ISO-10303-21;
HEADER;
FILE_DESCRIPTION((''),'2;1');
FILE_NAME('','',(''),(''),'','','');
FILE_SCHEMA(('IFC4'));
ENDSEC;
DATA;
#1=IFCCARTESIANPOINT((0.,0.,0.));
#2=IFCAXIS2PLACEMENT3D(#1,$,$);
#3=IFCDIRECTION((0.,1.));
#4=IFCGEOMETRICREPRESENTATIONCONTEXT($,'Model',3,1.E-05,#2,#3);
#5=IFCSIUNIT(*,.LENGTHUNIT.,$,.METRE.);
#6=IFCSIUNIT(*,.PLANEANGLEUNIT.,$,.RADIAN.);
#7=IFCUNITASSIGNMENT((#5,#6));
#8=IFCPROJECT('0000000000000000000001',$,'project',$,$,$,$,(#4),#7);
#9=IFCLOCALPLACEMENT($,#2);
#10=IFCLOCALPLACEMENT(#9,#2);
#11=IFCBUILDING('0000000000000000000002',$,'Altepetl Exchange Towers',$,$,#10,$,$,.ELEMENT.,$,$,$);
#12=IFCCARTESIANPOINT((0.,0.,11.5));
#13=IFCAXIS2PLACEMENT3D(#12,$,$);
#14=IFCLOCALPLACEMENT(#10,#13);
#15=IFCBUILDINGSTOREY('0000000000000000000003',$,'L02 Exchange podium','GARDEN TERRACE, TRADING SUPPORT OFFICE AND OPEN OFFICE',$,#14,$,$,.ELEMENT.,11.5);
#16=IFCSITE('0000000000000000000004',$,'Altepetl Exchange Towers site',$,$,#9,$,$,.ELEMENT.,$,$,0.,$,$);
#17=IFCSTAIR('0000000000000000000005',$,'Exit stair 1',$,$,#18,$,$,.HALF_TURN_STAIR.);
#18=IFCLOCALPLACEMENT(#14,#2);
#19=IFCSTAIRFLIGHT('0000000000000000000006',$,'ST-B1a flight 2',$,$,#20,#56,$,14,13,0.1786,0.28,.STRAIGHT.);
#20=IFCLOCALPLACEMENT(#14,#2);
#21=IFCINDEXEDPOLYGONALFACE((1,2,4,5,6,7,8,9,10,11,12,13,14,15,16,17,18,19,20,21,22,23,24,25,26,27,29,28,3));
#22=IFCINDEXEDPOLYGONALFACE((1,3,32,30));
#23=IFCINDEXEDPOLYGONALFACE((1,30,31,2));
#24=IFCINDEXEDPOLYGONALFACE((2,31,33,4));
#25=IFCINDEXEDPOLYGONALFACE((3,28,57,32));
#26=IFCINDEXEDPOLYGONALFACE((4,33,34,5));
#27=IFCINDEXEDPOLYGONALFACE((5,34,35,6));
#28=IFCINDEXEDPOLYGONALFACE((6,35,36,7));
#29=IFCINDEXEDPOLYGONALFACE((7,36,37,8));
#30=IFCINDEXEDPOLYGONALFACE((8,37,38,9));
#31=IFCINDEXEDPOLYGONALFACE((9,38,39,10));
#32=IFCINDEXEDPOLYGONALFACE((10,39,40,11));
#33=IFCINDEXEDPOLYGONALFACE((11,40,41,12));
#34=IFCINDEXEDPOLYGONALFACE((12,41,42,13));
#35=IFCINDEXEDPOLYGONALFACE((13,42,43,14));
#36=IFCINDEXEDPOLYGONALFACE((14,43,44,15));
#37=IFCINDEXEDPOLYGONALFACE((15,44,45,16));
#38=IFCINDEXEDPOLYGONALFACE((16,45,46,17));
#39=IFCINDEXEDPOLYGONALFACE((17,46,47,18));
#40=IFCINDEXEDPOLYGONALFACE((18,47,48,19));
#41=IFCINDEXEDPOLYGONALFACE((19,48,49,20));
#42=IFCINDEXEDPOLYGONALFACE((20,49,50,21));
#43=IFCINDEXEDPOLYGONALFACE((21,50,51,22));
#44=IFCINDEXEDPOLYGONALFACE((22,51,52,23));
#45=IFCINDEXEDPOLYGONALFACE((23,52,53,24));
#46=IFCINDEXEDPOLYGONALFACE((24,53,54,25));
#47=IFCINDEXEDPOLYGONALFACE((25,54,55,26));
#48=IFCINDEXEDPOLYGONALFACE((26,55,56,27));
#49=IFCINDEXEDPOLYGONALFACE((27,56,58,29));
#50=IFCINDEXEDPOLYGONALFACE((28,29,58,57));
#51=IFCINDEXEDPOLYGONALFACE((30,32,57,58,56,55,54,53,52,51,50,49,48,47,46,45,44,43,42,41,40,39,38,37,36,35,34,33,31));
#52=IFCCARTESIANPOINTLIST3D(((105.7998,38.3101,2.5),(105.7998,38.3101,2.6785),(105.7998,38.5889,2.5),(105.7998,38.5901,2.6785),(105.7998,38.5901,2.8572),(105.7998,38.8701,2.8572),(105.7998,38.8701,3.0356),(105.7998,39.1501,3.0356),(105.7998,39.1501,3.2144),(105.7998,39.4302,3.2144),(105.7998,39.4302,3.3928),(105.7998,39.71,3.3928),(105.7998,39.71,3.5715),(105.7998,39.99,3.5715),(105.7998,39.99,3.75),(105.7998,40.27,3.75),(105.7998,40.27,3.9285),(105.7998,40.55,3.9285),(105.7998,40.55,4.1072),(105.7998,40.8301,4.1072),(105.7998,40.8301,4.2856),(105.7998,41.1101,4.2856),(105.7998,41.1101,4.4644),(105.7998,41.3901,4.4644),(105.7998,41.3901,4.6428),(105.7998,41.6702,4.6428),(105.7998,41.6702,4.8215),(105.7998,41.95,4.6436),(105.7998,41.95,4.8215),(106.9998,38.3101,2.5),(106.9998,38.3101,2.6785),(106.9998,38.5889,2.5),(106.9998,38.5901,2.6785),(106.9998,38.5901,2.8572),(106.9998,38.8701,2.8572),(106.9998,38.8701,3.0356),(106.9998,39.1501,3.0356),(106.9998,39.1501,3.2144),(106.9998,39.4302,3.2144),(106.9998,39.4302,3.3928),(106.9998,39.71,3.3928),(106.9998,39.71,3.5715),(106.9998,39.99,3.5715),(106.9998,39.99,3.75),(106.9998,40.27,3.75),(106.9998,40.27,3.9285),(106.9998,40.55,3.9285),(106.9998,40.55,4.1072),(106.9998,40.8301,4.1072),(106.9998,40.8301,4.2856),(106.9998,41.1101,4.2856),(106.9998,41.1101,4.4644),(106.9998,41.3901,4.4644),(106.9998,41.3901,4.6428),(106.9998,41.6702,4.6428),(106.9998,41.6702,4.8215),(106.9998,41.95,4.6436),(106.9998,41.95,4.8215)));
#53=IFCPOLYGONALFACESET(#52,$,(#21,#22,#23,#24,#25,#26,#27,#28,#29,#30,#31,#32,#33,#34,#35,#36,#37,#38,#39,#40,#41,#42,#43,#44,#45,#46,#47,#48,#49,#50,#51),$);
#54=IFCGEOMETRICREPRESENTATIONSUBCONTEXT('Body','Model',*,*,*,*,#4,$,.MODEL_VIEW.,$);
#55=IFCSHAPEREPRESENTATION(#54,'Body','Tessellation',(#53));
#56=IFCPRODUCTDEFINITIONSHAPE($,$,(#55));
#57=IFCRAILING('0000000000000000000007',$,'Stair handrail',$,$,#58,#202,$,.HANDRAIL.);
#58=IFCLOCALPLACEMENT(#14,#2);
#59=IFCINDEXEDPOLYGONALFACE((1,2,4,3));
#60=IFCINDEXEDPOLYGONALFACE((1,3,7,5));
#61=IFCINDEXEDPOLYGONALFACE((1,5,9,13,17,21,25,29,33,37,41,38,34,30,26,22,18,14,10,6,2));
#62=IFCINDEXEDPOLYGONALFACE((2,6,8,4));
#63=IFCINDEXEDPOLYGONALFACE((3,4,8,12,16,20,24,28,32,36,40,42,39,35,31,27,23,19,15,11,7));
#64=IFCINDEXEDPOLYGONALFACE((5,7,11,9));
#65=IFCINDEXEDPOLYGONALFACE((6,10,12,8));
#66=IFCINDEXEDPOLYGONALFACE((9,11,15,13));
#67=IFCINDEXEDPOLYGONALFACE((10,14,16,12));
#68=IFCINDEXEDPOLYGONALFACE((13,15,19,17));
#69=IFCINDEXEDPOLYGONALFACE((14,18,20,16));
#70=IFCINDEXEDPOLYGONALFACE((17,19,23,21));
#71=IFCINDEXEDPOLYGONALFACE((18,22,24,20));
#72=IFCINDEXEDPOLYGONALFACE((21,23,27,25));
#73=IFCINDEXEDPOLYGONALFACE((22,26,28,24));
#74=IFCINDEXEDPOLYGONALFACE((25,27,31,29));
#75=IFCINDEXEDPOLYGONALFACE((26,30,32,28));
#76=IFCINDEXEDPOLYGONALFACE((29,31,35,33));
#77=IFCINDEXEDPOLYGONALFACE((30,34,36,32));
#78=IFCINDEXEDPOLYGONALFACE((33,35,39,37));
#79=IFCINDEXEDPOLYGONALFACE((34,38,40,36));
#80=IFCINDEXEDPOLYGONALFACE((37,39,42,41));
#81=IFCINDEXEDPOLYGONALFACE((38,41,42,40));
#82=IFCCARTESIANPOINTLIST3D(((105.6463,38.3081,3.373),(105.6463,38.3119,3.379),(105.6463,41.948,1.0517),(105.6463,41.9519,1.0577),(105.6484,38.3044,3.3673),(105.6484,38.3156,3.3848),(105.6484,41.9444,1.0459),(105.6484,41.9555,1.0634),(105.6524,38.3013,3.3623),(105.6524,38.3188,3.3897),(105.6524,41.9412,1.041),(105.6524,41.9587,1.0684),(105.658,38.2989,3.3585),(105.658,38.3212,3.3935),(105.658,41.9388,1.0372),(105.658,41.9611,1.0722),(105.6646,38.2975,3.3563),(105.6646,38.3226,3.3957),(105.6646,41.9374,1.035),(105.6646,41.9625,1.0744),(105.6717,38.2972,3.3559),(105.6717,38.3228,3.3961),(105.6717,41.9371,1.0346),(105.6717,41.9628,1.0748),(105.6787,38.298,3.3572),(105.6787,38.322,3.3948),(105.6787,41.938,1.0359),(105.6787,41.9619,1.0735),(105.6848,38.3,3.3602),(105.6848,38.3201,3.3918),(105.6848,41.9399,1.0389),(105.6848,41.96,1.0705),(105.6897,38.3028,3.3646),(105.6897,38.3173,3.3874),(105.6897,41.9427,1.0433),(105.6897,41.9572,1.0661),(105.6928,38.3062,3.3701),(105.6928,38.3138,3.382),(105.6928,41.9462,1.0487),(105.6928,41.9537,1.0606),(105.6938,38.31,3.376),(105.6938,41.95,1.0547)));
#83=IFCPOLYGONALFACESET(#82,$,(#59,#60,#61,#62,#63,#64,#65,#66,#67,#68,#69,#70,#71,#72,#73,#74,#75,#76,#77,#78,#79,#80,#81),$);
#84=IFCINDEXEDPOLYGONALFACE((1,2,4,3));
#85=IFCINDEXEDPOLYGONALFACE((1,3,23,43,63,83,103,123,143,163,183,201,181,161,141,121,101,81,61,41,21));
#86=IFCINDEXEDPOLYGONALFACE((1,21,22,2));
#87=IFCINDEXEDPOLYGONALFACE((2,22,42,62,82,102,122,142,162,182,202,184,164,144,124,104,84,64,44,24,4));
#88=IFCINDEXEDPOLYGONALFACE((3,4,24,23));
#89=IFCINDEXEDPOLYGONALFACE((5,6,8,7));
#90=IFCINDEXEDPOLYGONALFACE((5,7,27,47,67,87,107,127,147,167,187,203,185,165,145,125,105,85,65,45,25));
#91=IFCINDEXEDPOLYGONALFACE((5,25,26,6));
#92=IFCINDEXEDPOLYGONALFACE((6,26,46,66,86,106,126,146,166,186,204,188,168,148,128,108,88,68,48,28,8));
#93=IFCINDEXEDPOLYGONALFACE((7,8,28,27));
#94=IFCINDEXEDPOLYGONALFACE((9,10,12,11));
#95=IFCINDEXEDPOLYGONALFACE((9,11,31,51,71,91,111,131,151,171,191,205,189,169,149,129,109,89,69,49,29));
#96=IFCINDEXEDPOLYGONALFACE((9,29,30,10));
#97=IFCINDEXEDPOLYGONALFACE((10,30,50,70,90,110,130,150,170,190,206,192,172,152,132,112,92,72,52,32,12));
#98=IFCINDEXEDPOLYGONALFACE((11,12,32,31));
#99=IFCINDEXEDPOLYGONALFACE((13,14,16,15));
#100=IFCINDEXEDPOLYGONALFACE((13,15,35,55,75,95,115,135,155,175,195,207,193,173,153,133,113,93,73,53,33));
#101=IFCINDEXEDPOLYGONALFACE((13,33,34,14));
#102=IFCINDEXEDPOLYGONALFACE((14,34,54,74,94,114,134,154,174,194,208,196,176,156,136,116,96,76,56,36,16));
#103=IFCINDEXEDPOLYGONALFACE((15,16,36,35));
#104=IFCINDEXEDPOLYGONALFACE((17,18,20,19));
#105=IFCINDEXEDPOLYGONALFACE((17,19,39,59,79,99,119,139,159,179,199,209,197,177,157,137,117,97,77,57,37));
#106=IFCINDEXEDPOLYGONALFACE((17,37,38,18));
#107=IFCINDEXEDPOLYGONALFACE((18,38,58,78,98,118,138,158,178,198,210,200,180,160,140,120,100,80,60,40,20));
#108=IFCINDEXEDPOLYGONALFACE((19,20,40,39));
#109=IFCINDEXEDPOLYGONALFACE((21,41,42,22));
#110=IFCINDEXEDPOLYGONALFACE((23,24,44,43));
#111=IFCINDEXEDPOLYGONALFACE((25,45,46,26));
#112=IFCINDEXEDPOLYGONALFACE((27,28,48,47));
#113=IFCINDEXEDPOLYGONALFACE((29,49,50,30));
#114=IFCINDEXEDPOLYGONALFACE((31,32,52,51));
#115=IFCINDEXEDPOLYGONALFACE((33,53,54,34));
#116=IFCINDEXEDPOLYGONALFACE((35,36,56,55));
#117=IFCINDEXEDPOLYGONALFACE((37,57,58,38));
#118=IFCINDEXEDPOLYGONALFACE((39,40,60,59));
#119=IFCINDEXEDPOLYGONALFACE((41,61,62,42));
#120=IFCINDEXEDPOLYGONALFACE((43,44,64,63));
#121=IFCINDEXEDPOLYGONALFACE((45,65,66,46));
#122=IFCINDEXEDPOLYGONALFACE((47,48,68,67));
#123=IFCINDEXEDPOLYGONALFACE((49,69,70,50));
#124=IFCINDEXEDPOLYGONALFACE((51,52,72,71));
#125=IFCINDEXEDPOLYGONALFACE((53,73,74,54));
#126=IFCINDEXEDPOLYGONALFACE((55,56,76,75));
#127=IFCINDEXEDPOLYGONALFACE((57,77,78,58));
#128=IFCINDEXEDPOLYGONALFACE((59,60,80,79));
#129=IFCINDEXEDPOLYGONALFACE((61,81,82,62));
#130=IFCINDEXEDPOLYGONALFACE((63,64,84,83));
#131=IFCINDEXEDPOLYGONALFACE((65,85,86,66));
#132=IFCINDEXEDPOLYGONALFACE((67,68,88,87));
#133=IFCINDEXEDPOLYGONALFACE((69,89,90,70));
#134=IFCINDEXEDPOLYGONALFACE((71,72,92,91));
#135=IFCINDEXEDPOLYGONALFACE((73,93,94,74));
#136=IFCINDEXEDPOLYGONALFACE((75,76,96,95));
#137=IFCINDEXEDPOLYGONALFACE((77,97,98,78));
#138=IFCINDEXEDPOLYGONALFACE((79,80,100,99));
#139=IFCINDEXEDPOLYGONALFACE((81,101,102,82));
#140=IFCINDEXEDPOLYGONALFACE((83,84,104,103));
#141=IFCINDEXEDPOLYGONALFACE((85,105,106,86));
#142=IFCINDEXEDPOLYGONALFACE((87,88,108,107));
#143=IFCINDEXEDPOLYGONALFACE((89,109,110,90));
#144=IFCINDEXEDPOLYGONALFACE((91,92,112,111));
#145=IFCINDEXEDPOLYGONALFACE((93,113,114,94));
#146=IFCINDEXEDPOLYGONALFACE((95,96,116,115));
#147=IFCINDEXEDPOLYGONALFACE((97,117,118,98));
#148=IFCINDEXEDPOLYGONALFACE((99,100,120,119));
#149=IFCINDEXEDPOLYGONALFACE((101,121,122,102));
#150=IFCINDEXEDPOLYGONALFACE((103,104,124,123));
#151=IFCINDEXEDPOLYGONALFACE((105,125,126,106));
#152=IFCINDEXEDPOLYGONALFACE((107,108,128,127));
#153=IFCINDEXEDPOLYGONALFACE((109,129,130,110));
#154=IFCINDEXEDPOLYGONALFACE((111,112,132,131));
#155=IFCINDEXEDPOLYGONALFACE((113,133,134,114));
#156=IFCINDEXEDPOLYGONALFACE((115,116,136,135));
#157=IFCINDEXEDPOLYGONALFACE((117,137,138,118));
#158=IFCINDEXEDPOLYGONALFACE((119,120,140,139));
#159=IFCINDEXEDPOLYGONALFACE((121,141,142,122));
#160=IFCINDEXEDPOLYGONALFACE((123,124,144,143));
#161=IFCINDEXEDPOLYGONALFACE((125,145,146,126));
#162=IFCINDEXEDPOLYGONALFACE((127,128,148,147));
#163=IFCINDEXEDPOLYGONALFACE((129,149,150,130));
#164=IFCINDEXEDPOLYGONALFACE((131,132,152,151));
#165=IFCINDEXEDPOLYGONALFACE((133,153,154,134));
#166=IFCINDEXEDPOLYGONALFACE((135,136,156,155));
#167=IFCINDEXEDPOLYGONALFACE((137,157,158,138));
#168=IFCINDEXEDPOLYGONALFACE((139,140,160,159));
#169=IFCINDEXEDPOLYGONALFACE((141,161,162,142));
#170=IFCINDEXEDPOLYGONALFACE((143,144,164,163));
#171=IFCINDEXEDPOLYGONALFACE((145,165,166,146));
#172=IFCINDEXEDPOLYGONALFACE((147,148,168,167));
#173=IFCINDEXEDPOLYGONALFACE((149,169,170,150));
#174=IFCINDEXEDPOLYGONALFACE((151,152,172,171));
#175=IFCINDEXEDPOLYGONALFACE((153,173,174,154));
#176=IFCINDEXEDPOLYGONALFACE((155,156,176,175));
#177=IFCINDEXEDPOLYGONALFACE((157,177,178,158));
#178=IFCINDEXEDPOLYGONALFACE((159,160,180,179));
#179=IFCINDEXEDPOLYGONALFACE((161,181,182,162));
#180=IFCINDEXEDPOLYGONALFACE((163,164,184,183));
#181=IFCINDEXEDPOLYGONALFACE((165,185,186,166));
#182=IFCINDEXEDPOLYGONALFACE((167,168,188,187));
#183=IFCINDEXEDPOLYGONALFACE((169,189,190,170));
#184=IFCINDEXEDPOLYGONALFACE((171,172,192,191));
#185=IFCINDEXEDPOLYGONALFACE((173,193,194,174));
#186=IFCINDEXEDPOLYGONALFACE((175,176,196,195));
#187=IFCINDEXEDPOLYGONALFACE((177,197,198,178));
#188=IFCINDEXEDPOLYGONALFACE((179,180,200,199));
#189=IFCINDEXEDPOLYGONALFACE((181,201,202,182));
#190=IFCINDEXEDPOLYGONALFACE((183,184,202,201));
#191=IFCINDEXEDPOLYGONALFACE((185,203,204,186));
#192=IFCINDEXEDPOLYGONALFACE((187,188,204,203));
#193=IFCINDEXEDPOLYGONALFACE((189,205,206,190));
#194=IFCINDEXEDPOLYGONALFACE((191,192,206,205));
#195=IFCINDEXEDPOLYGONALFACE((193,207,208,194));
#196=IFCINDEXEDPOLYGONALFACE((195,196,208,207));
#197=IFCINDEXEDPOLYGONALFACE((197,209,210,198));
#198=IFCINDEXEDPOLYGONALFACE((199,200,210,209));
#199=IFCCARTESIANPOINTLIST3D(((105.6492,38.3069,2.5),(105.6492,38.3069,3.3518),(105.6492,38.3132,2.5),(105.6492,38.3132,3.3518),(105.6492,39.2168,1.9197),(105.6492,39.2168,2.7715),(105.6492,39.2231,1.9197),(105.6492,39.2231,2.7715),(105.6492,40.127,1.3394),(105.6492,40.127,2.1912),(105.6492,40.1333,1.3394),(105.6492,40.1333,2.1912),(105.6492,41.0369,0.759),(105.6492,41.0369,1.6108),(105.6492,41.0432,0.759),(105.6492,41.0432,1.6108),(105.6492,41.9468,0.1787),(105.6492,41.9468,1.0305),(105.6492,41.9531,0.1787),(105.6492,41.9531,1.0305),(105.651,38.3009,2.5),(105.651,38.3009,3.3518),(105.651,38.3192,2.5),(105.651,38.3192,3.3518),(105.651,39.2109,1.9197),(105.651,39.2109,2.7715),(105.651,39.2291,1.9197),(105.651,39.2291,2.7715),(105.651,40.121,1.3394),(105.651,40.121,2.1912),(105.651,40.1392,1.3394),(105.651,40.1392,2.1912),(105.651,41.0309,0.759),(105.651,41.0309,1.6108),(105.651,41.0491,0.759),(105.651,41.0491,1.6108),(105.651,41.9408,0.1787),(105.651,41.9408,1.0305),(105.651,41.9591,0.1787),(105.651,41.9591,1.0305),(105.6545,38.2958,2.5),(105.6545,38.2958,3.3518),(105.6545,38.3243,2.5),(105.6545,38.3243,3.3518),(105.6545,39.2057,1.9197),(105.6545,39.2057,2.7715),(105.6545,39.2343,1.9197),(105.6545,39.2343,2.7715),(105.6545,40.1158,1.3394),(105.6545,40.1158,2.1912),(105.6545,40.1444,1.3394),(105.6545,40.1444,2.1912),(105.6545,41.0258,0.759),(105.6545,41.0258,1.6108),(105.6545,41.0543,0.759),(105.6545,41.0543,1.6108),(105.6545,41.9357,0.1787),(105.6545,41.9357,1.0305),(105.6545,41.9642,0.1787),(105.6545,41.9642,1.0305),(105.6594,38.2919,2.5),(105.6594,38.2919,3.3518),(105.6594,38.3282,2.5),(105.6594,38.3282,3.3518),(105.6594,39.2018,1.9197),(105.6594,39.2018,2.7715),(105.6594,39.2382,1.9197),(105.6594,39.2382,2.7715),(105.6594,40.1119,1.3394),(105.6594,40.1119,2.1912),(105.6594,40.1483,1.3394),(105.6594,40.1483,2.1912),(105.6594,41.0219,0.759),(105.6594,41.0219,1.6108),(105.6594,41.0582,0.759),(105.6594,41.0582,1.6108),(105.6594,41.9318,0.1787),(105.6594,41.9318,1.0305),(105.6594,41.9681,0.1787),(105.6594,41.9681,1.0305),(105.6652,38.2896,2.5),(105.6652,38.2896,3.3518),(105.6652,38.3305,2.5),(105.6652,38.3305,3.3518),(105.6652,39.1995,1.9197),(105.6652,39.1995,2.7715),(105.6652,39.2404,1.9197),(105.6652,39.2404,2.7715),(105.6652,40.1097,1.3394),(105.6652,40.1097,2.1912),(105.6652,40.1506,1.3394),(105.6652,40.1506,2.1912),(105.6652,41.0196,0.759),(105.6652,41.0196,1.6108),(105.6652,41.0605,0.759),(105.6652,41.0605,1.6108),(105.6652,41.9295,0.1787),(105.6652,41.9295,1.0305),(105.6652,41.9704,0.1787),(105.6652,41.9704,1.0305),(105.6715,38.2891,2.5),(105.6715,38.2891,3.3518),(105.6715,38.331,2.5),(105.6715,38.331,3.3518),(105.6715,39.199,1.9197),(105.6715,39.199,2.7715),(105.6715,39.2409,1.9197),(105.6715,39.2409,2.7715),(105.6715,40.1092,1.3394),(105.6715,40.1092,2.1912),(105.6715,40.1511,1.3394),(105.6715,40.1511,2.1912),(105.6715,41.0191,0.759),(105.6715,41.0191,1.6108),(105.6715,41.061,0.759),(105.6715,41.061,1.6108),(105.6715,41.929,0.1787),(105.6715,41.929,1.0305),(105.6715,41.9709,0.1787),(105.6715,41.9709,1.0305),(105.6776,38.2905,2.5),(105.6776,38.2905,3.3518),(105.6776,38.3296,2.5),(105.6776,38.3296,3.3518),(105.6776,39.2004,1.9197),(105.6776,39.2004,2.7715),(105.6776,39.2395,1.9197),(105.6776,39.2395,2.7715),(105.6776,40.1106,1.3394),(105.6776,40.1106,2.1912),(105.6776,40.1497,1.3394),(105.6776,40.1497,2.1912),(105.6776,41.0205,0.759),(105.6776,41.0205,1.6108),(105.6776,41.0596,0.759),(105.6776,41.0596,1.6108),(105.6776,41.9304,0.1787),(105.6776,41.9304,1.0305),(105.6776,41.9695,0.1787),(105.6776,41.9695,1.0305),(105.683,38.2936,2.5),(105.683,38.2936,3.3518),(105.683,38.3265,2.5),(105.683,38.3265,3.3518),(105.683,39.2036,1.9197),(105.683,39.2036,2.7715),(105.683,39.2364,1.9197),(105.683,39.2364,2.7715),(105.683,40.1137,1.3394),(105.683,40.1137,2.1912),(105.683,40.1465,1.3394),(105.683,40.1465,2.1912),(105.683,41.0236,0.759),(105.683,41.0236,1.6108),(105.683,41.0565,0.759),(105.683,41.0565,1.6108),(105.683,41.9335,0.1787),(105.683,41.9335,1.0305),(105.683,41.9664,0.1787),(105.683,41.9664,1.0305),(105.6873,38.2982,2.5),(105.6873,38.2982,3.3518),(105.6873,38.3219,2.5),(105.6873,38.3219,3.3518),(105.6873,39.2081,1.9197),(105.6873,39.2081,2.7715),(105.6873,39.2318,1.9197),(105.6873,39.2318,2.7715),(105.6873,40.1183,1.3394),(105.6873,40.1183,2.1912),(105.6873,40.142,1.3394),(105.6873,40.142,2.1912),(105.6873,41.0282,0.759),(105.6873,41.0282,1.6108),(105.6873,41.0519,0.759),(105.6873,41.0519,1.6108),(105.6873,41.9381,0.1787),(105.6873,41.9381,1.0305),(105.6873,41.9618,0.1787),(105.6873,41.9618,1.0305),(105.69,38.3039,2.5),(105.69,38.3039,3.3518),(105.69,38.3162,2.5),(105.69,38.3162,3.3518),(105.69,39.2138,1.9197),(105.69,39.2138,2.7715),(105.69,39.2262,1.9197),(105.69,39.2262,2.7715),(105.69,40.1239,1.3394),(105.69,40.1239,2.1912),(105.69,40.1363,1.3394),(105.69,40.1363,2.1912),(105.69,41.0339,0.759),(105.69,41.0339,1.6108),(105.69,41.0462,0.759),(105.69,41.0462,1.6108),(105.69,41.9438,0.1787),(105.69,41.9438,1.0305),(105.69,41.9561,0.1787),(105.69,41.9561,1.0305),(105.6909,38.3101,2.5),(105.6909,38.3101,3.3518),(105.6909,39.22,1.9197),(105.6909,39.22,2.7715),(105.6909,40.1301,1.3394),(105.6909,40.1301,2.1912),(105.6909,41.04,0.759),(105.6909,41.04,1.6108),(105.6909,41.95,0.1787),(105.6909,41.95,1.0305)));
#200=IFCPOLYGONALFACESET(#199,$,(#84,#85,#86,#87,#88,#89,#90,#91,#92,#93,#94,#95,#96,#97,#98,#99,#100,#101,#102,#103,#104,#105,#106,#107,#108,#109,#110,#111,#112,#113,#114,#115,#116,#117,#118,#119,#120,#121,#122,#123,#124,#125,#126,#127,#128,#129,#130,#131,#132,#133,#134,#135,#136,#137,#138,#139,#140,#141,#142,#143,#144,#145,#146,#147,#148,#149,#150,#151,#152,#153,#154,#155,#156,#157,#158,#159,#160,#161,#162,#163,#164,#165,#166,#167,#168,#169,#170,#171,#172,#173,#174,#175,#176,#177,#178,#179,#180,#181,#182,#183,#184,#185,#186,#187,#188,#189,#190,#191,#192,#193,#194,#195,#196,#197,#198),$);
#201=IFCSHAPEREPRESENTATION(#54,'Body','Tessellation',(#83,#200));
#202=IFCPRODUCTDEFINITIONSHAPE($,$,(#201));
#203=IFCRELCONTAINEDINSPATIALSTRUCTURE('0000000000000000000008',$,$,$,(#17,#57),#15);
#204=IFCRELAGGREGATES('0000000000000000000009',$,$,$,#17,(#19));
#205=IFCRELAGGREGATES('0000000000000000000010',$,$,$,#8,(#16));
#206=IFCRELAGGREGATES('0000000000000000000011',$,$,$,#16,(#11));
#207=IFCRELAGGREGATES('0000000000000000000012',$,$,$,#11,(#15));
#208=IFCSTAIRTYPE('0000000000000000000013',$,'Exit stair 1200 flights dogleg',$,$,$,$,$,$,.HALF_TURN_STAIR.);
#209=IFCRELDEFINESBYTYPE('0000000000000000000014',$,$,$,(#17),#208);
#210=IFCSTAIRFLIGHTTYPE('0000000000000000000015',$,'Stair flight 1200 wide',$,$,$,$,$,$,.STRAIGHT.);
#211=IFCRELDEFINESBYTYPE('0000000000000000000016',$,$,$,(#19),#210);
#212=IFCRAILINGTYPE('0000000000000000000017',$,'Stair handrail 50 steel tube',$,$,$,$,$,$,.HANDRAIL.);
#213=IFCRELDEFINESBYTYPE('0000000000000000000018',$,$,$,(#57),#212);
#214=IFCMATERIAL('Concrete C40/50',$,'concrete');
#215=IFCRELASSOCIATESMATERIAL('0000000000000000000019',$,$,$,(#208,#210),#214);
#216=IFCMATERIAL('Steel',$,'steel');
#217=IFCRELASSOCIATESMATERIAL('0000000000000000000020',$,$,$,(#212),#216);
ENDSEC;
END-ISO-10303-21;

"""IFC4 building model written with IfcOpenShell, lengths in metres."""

from ifc_helpers import new_model, si_unit, direction, frame, origin, origin_2d, place, context, subcontext, project, spatial, polyline, circle, outline, extrude, source, transform, mapped, material, type_object, element, aggregate, save


model = new_model("IFC4")

# Units and contexts
model_context = context("Model", 3, precision=1e-05, world=origin(), true_north=direction((0.0, 1.0)))
body_context = subcontext(model_context, "Body", "Model", "MODEL_VIEW")
ifc_project = project(units=[si_unit("LENGTHUNIT", "METRE"), si_unit("PLANEANGLEUNIT", "RADIAN")], contexts=[model_context])

# Site, building, storey
site_placement = place(None, origin())
site = spatial("IfcSite", under=ifc_project, at=site_placement, Name="Altepetl Exchange Towers site", CompositionType="ELEMENT", RefElevation=0.0)
building_placement = place(site_placement, origin())
building = spatial("IfcBuilding", under=site, at=building_placement, Name="Altepetl Exchange Towers", CompositionType="ELEMENT")
storey_placement = place(building_placement, frame((0.0, 0.0, 11.5)))
storey = spatial("IfcBuildingStorey", under=building, at=storey_placement, Name="L02 Exchange podium", Description="GARDEN TERRACE, TRADING SUPPORT OFFICE AND OPEN OFFICE", CompositionType="ELEMENT", Elevation=11.5)

# Shared definitions
ifc_material_1 = material(Name="Concrete C40/50", Category="concrete")

# Stair, stair flight
stair_type = type_object("IfcStairType", Name="Exit stair 1200 flights dogleg", PredefinedType="HALF_TURN_STAIR", material=ifc_material_1)
stair_placement = place(storey_placement, origin())
stair = element("IfcStair", 1, at=stair_placement, inside=storey, type_object=stair_type, Name="Exit stair 1", PredefinedType="HALF_TURN_STAIR")
stair_flight_type = type_object("IfcStairFlightType", Name="Stair flight 1200 wide", PredefinedType="STRAIGHT", material=ifc_material_1)
stair_flight_placement = place(storey_placement, frame((106.3999, 38.3101, 2.5), z_axis=(0.0, 0.0, 1.0), x_axis=(0.0, 1.0, 0.0)))
stair_flight = element("IfcStairFlight", 2, at=stair_flight_placement, type_object=stair_flight_type, Name="ST-B1a flight 2", NumberOfRisers=14, NumberOfTreads=13, PredefinedType="STRAIGHT", RiserHeight=0.1786, TreadLength=0.28, context=body_context, shape_type="SweptSolid", body=[
    extrude(outline(polyline([(0.0, 0.0), (0.0, 0.1785), (0.28, 0.1785), (0.28, 0.3572), (0.5601, 0.3572), (0.5601, 0.5356), (0.8401, 0.5356), (0.8401, 0.7144), (1.1201, 0.7144), (1.1201, 0.8928), (1.3999, 0.8928), (1.3999, 1.0715), (1.6799, 1.0715), (1.6799, 1.25), (1.96, 1.25), (1.96, 1.4285), (2.24, 1.4285), (2.24, 1.6072), (2.52, 1.6072), (2.52, 1.7856), (2.8, 1.7856), (2.8, 1.9644), (3.0801, 1.9644), (3.0801, 2.1428), (3.3601, 2.1428), (3.3601, 2.3215), (3.6399, 2.3215), (3.6399, 2.5), (3.6399, 2.1436), (0.2788, 0.0), (0.0, 0.0)])), frame((0.0, 0.6001, 0.0), z_axis=(0.0, -1.0, 0.0), x_axis=(1.0, 0.0, 0.0)), (0.0, 0.0, 1.0), 1.2),
])
aggregate(stair, [stair_flight])

# Railing
ifc_material_2 = material(Name="Steel", Category="steel")
railing_type = type_object("IfcRailingType", Name="Stair handrail 50 steel tube", PredefinedType="HANDRAIL", material=ifc_material_2)
shared_shape = source(origin(), body_context, "Body", "SweptSolid", [
    extrude(circle(Radius=0.021, at=origin_2d()), origin(), (0.0, 0.0, 1.0), 0.8518),
])
railing_placement = place(storey_placement, frame((105.6699, 41.95, 0.1787)))
element("IfcRailing", 3, at=railing_placement, inside=storey, type_object=railing_type, Name="Stair handrail", PredefinedType="HANDRAIL", context=body_context, shape_type="SweptSolid", body=[
    extrude(circle(Radius=0.0239, at=origin_2d()), frame((0.0, 0.0, 0.876), z_axis=(0.0, -0.843137, 0.537699), x_axis=(1.0, 0.0, 0.0)), (0.0, 0.0, 1.0), 4.3171),
    mapped(shared_shape, transform((0.0, 0.0, 0.0))),
    mapped(shared_shape, transform((0.0, -0.9099, 0.5803))),
    mapped(shared_shape, transform((0.0, -1.8198, 1.1606))),
    mapped(shared_shape, transform((0.0, -2.73, 1.741))),
    mapped(shared_shape, transform((0.0, -3.6399, 2.3213))),
])

save(model, "model.ifc")
